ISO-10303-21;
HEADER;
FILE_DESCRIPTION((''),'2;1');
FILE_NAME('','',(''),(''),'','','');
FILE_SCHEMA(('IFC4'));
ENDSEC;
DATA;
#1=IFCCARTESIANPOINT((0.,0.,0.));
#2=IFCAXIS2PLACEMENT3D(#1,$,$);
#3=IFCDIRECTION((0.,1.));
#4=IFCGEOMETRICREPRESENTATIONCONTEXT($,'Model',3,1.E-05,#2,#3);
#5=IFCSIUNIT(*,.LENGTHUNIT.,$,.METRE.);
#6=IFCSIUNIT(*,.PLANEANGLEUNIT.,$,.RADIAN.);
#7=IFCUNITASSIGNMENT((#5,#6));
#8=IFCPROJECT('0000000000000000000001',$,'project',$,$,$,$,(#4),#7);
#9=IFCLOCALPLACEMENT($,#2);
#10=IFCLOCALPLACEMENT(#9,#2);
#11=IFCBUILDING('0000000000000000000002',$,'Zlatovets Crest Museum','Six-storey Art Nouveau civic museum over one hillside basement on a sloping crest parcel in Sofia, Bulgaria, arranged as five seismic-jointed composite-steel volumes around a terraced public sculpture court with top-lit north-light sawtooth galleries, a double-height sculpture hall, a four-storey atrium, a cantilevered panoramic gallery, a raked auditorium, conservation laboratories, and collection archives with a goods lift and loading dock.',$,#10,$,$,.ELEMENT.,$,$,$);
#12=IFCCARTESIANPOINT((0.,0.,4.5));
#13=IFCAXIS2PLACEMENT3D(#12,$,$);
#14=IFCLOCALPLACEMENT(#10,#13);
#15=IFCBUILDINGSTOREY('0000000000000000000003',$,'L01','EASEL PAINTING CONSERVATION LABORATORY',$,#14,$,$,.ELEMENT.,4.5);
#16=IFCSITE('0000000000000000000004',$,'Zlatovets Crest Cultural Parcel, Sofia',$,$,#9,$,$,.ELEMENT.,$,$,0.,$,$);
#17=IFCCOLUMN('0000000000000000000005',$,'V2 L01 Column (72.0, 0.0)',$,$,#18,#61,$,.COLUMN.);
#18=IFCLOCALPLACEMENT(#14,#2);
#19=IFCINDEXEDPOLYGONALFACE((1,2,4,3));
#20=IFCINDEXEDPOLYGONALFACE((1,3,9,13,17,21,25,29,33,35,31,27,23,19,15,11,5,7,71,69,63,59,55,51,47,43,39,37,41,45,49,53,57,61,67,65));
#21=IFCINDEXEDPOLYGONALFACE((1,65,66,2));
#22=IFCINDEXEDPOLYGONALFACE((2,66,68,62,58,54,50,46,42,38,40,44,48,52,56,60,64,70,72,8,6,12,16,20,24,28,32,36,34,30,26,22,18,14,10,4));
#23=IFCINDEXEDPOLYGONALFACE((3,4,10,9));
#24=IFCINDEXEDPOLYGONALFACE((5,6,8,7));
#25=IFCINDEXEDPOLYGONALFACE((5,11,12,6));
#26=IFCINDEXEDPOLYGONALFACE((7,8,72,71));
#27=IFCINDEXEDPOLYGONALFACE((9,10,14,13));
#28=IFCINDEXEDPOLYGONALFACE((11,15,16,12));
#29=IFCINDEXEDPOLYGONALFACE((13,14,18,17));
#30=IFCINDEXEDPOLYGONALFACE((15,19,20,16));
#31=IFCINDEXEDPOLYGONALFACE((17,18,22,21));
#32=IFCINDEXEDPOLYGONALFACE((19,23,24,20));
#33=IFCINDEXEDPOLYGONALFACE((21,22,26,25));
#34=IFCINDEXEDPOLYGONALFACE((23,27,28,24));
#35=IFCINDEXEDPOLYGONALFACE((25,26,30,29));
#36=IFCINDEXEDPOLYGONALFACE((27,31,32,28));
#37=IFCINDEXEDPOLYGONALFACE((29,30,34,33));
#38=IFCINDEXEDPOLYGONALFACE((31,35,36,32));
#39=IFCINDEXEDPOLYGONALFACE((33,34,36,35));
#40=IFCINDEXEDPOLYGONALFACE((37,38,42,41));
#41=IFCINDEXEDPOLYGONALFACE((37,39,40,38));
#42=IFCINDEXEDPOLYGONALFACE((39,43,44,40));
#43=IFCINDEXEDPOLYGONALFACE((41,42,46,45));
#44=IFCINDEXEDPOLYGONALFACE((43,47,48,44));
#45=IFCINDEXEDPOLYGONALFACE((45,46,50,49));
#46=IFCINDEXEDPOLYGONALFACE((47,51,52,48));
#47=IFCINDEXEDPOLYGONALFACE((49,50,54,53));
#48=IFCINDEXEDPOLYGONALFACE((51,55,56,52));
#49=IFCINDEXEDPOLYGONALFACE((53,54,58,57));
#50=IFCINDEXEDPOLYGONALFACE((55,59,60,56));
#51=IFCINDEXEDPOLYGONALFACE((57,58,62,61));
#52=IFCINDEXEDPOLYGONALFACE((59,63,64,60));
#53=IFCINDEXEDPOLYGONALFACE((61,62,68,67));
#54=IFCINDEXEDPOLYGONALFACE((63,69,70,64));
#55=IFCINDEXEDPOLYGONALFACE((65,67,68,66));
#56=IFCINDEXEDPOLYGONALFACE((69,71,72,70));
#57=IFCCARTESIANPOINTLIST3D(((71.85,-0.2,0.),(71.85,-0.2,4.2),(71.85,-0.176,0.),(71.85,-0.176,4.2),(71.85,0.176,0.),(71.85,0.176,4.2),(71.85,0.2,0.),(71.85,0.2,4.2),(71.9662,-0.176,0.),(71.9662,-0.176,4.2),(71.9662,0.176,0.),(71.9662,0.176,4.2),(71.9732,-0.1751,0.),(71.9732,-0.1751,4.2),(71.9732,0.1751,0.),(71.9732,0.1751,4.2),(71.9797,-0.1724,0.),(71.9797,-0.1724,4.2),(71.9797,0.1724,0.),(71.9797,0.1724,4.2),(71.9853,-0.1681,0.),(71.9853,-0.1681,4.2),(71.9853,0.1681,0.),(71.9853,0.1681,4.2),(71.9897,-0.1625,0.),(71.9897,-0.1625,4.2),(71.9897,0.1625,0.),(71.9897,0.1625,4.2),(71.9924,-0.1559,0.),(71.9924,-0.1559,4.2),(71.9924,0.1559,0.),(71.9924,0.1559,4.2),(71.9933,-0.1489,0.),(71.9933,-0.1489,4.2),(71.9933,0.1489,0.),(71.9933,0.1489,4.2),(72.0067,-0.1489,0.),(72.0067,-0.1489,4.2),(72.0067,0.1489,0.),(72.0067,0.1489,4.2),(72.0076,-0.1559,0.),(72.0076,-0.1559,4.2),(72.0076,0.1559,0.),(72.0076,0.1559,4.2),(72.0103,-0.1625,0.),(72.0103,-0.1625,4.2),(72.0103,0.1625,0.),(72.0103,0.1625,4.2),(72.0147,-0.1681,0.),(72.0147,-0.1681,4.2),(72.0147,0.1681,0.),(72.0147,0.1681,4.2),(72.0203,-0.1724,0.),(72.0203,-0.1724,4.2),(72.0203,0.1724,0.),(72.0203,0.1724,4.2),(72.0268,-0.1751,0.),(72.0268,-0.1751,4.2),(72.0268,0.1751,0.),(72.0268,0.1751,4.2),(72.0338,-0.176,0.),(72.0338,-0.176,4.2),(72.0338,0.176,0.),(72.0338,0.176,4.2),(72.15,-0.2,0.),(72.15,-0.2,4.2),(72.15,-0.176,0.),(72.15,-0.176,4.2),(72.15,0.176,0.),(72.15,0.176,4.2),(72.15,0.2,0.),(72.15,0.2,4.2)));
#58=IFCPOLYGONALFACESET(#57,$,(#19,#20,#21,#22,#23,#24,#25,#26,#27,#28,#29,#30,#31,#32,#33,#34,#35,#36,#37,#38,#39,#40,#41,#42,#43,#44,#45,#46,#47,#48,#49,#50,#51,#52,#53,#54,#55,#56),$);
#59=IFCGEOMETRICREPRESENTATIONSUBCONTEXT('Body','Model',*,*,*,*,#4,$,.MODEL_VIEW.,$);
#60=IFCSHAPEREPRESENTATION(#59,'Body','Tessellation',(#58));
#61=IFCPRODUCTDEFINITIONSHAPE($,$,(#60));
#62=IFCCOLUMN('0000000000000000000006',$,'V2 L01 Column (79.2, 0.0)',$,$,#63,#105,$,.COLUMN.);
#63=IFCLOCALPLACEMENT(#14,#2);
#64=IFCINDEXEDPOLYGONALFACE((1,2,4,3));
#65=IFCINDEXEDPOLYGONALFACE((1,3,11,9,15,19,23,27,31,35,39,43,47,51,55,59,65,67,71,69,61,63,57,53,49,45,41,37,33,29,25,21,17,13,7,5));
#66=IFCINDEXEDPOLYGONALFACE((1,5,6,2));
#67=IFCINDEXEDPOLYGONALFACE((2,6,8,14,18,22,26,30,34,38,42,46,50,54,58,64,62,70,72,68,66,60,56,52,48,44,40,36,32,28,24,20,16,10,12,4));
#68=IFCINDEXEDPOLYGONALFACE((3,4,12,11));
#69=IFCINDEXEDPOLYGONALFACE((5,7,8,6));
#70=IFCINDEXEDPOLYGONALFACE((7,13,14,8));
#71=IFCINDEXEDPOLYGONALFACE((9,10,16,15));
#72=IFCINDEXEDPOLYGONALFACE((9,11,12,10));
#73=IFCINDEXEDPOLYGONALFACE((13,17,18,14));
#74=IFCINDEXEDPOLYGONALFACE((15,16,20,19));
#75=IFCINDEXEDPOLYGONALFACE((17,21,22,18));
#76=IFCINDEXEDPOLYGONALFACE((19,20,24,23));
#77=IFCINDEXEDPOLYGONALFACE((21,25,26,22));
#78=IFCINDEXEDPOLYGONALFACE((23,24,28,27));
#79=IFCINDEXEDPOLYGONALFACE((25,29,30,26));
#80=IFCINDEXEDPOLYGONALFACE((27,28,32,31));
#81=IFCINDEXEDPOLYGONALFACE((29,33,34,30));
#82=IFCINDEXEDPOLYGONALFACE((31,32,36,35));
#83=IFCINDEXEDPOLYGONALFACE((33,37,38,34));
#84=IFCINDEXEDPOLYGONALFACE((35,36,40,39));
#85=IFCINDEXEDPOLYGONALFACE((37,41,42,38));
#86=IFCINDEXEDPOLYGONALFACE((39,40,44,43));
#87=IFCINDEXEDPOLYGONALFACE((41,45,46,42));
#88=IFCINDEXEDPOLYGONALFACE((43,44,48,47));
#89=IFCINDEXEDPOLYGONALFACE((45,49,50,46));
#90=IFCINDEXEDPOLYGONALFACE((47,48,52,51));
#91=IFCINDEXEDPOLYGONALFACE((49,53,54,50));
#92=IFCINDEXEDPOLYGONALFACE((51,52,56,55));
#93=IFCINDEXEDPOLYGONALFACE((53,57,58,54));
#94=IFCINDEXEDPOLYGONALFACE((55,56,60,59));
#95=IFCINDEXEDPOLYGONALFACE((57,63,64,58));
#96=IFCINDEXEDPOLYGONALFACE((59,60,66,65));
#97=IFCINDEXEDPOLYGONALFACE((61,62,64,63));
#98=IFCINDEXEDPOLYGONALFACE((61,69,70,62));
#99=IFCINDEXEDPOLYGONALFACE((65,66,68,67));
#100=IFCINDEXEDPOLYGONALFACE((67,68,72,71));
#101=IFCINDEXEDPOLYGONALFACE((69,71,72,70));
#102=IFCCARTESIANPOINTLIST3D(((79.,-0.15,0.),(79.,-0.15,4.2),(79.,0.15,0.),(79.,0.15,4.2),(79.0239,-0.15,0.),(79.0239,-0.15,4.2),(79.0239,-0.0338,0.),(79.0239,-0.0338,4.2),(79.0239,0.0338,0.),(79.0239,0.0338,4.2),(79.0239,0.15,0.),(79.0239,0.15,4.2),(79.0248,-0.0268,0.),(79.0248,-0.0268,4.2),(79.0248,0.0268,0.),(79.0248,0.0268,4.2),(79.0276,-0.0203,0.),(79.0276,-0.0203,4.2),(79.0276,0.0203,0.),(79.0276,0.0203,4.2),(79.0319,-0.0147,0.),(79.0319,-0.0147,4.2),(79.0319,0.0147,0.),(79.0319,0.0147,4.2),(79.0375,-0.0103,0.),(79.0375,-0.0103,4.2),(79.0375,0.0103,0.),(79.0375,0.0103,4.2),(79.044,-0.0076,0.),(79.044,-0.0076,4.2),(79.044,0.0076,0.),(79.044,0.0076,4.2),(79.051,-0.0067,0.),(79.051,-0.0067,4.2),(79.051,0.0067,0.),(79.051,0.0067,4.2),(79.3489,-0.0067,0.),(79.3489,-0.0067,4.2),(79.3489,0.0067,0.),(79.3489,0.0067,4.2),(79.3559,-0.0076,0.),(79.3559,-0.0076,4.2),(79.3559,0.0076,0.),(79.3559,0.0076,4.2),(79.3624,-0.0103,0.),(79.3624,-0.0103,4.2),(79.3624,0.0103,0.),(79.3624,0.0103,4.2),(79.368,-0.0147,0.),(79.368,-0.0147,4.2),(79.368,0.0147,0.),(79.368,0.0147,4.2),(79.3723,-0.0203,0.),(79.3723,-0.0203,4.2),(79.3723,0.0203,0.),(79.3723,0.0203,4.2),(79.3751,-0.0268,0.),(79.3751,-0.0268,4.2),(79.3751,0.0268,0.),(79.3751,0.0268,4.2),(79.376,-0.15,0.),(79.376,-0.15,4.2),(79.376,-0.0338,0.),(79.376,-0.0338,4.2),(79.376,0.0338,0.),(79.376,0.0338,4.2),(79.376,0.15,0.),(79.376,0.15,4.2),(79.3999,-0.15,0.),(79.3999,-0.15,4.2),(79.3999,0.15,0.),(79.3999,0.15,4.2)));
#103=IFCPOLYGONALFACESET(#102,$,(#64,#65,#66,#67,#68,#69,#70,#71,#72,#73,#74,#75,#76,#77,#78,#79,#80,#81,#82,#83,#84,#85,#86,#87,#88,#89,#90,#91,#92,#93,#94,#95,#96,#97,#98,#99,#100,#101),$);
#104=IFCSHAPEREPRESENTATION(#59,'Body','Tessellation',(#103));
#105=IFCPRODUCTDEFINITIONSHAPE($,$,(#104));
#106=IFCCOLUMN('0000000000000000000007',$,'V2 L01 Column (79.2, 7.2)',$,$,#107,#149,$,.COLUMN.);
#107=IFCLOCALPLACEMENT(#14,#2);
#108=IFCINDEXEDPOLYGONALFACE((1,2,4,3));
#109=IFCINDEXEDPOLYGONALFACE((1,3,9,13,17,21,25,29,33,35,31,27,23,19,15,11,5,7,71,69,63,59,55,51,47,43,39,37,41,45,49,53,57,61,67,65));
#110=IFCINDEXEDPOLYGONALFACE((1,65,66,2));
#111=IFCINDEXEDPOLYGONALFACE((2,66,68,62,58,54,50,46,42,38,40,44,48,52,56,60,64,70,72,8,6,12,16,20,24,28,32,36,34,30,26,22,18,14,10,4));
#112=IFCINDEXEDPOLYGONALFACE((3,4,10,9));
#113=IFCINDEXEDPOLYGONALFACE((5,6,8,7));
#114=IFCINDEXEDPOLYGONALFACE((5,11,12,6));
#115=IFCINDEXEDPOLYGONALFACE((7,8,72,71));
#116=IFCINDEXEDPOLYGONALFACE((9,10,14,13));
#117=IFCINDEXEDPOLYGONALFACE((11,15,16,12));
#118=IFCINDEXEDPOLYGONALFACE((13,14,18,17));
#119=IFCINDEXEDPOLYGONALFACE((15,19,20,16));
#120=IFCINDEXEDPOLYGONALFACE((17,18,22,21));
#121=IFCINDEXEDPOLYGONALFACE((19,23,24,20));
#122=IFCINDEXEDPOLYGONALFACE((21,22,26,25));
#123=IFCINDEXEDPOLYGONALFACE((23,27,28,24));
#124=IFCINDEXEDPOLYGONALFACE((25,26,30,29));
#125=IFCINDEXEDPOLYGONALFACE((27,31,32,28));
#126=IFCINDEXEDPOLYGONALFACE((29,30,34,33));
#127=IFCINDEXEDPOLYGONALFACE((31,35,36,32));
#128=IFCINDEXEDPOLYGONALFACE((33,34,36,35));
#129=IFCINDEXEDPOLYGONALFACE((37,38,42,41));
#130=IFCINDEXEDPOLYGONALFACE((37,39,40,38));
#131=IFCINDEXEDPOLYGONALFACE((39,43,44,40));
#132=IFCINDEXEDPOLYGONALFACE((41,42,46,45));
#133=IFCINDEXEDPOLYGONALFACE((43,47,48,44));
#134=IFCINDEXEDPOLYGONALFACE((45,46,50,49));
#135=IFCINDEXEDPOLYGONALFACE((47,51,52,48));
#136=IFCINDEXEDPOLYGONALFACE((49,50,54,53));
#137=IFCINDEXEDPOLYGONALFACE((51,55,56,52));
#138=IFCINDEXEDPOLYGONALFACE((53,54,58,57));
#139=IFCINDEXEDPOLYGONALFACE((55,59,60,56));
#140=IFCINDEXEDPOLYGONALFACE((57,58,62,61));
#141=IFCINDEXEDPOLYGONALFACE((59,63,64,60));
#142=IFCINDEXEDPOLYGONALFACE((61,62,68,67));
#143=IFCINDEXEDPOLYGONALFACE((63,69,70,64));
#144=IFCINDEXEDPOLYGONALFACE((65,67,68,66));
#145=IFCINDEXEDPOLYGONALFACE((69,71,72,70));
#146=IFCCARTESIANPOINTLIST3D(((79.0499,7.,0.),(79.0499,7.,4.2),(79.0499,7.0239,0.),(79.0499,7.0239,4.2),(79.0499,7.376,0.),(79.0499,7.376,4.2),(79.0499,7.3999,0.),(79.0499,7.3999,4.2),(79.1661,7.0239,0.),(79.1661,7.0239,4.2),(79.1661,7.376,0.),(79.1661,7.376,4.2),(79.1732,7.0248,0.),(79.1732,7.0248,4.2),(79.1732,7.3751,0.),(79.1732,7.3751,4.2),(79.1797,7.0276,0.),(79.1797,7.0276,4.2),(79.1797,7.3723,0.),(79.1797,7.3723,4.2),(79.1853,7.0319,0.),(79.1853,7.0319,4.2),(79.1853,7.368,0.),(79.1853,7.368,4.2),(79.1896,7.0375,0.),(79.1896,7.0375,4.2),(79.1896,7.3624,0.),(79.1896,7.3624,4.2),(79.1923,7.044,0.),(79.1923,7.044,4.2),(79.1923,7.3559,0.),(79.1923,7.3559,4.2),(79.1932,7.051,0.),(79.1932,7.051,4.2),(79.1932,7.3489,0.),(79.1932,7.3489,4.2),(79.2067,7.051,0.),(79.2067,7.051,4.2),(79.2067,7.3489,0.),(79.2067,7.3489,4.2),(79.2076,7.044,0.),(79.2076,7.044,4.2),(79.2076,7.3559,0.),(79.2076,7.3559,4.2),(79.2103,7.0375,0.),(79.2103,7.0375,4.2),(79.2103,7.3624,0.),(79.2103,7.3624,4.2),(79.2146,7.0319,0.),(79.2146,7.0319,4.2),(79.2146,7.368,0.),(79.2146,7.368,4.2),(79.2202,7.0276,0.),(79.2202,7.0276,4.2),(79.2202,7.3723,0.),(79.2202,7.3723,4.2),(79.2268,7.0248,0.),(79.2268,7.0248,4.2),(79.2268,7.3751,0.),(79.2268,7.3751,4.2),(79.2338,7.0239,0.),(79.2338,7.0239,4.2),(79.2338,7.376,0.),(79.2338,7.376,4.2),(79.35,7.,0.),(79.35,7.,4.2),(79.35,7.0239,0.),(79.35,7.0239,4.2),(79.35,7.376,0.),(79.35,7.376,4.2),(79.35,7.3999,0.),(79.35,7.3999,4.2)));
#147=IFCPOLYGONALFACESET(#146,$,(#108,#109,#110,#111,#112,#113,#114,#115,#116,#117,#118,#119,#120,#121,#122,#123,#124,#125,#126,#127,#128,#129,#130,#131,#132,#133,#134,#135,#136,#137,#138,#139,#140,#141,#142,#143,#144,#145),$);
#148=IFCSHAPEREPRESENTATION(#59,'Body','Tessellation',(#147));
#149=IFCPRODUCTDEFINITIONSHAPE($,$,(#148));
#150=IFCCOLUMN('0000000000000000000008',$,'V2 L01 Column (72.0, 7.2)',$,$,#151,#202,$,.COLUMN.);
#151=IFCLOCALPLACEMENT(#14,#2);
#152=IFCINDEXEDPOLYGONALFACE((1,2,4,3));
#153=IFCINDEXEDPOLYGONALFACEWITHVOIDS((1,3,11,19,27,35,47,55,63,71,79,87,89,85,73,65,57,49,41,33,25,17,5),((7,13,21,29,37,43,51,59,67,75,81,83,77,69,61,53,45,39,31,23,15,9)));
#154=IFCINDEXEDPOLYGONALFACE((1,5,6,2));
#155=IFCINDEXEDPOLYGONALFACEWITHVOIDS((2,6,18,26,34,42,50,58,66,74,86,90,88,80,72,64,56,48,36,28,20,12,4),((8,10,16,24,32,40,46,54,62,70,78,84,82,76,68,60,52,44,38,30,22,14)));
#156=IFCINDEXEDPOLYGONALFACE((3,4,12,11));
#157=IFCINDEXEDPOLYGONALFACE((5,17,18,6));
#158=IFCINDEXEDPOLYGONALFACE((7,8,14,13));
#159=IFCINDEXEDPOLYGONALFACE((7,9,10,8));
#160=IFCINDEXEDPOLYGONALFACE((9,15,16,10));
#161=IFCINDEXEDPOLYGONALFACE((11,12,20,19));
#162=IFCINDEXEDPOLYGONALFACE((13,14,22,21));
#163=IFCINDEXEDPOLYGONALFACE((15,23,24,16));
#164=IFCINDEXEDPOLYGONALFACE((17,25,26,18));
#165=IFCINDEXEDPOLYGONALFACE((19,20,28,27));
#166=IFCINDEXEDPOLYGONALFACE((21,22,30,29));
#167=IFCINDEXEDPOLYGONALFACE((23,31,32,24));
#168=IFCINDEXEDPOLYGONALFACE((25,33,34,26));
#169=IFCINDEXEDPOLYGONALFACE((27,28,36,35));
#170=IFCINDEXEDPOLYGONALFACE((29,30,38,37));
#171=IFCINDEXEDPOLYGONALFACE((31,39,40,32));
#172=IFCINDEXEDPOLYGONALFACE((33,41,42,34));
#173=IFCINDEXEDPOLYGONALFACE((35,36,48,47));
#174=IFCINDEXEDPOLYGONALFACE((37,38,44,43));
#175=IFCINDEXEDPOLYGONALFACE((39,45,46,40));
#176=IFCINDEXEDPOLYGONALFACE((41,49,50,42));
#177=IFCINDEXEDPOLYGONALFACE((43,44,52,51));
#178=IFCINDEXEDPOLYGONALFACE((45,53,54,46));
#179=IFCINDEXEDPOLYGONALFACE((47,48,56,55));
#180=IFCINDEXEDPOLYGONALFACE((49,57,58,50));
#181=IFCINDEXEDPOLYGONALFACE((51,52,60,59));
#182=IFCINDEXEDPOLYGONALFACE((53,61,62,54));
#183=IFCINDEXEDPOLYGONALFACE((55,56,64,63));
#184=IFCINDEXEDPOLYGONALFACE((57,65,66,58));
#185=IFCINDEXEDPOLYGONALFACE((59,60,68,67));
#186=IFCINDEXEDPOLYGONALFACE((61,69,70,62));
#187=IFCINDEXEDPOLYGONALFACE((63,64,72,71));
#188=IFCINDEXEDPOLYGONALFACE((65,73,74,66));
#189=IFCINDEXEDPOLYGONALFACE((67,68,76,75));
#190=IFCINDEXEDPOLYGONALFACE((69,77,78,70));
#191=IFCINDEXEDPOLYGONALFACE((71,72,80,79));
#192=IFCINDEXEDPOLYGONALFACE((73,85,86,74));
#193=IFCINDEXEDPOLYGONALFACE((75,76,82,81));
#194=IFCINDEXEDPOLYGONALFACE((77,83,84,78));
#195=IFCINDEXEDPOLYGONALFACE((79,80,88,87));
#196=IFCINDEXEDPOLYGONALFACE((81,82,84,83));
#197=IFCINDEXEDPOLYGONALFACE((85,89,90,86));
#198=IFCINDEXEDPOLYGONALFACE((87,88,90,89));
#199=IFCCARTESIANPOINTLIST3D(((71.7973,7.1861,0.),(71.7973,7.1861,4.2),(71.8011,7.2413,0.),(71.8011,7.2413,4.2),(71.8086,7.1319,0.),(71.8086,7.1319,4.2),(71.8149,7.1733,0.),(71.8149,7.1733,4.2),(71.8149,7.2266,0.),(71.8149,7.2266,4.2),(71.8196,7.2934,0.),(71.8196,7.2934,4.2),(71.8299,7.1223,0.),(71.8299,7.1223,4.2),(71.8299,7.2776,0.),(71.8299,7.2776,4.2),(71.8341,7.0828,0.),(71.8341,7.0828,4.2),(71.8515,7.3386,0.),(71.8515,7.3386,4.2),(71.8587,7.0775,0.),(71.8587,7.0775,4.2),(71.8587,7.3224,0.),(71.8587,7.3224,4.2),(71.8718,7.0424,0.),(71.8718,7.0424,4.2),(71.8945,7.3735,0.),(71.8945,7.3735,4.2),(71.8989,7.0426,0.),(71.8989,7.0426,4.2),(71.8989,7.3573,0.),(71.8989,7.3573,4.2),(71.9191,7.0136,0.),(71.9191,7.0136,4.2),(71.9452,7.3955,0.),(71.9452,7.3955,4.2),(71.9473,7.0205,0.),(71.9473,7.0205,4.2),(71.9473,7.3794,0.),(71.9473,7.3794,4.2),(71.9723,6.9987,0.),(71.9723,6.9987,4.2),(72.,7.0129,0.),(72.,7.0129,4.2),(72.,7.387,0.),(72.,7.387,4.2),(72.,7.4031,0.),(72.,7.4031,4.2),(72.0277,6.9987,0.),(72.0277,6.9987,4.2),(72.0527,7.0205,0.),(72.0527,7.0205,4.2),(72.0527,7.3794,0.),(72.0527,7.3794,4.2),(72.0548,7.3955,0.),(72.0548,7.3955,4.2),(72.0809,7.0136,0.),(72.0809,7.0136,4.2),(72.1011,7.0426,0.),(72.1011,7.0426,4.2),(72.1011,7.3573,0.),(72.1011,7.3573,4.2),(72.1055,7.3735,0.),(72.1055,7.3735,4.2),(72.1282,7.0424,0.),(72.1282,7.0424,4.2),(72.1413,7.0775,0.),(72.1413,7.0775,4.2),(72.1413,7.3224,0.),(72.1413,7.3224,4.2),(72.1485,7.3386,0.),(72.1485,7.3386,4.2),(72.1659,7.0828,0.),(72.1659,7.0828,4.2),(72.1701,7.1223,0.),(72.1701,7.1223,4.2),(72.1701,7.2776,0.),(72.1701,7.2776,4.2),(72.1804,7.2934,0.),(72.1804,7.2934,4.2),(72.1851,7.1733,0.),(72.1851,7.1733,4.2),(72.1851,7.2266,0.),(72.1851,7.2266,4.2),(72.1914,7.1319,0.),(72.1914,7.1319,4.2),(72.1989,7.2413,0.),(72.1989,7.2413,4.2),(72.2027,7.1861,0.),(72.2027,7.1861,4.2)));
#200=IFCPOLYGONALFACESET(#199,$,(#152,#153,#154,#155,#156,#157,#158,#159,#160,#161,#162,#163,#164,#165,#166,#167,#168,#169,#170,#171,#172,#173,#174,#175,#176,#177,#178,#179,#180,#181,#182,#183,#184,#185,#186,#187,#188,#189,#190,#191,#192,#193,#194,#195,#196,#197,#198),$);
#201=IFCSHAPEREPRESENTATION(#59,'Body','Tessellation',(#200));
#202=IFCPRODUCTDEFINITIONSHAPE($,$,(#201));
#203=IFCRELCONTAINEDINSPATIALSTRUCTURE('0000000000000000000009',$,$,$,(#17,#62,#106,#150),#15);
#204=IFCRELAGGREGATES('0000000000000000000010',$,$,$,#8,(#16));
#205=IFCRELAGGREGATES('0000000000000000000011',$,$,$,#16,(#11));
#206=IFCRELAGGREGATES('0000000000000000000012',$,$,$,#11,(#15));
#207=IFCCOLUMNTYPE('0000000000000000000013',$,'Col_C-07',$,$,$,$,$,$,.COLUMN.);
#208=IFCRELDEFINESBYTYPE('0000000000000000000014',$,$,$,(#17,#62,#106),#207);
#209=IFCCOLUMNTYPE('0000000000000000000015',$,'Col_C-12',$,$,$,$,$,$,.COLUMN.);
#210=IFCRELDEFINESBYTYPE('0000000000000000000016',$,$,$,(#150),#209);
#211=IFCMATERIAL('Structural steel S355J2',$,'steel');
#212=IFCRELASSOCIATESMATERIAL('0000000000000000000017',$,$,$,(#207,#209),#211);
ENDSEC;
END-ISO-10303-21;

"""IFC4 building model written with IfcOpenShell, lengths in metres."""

from ifc_helpers import new_model, si_unit, direction, frame, origin, origin_2d, place, context, subcontext, project, spatial, hollow_circle, i_section, extrude, material, material_profile, profile_set, type_object, element, save


model = new_model("IFC4")

# Units and contexts
model_context = context("Model", 3, precision=1e-05, world=origin(), true_north=direction((0.0, 1.0)))
body_context = subcontext(model_context, "Body", "Model", "MODEL_VIEW")
ifc_project = project(units=[si_unit("LENGTHUNIT", "METRE"), si_unit("PLANEANGLEUNIT", "RADIAN")], contexts=[model_context])

# Site, building, storey
site_placement = place(None, origin())
site = spatial("IfcSite", under=ifc_project, at=site_placement, Name="Zlatovets Crest Cultural Parcel, Sofia", CompositionType="ELEMENT", RefElevation=0.0)
building_placement = place(site_placement, origin())
building = spatial("IfcBuilding", under=site, at=building_placement, Name="Zlatovets Crest Museum", Description="Six-storey Art Nouveau civic museum over one hillside basement on a sloping crest parcel in Sofia, Bulgaria, arranged as five seismic-jointed composite-steel volumes around a terraced public sculpture court with top-lit north-light sawtooth galleries, a double-height sculpture hall, a four-storey atrium, a cantilevered panoramic gallery, a raked auditorium, conservation laboratories, and collection archives with a goods lift and loading dock.", CompositionType="ELEMENT")
storey_placement = place(building_placement, frame((0.0, 0.0, 4.5)))
storey = spatial("IfcBuildingStorey", under=building, at=storey_placement, Name="L01", Description="EASEL PAINTING CONSERVATION LABORATORY", CompositionType="ELEMENT", Elevation=4.5)

# Columns
ifc_material_1 = material(Name="Structural steel S355J2", Category="steel")
ifc_material_profile_1 = material_profile(ifc_material_1, i_section(OverallWidth=0.3, OverallDepth=0.3999, WebThickness=0.0134, FlangeThickness=0.0239, FilletRadius=0.0271, at=origin_2d()), Name="HEB 400")
ifc_profile_set_1 = profile_set([ifc_material_profile_1], Name="Structural steel S355J2")
column_type_1 = type_object("IfcColumnType", Name="Col_C-07", PredefinedType="COLUMN", material=ifc_profile_set_1)
for number, where, z_axis, x_axis, name in (
    (1, (72.0, 0.0, 0.0), (0.0, 0.0, 1.0), (1.0, 0.0, 0.0), "V2 L01 Column (72.0, 0.0)"),
    (2, (79.2, 0.0, 0.0), (0.0, 0.0, 1.0), (0.0, 1.0, 0.0), "V2 L01 Column (79.2, 0.0)"),
    (3, (79.2, 7.2, 0.0), (0.0, 0.0, 1.0), (1.0, 0.0, 0.0), "V2 L01 Column (79.2, 7.2)"),
):
    element("IfcColumn", number, at=place(storey_placement, frame(where, z_axis=z_axis, x_axis=x_axis)), inside=storey, type_object=column_type_1, Name=name, PredefinedType="COLUMN", context=body_context, shape_type="SweptSolid", body=[
        extrude(i_section(OverallWidth=0.3, OverallDepth=0.3999, WebThickness=0.0134, FlangeThickness=0.0239, FilletRadius=0.0271, at=origin_2d()), origin(), (0.0, 0.0, 1.0), 4.2),
    ])
ifc_material_profile_2 = material_profile(ifc_material_1, hollow_circle(Radius=0.2031, WallThickness=0.0161, at=origin_2d()), Name="CHS 406.4x16.0")
ifc_profile_set_2 = profile_set([ifc_material_profile_2], Name="Structural steel S355J2")
column_type_2 = type_object("IfcColumnType", Name="Col_C-12", PredefinedType="COLUMN", material=ifc_profile_set_2)
for number, where, z_axis, x_axis, name in (
    (4, (72.0, 7.2, 0.0), (0.0, 0.0, 1.0), (0.0, 1.0, 0.0), "V2 L01 Column (72.0, 7.2)"),
):
    element("IfcColumn", number, at=place(storey_placement, frame(where, z_axis=z_axis, x_axis=x_axis)), inside=storey, type_object=column_type_2, Name=name, PredefinedType="COLUMN", context=body_context, shape_type="SweptSolid", body=[
        extrude(hollow_circle(Radius=0.2031, WallThickness=0.0161, at=origin_2d()), origin(), (0.0, 0.0, 1.0), 4.2),
    ])

save(model, "model.ifc")
